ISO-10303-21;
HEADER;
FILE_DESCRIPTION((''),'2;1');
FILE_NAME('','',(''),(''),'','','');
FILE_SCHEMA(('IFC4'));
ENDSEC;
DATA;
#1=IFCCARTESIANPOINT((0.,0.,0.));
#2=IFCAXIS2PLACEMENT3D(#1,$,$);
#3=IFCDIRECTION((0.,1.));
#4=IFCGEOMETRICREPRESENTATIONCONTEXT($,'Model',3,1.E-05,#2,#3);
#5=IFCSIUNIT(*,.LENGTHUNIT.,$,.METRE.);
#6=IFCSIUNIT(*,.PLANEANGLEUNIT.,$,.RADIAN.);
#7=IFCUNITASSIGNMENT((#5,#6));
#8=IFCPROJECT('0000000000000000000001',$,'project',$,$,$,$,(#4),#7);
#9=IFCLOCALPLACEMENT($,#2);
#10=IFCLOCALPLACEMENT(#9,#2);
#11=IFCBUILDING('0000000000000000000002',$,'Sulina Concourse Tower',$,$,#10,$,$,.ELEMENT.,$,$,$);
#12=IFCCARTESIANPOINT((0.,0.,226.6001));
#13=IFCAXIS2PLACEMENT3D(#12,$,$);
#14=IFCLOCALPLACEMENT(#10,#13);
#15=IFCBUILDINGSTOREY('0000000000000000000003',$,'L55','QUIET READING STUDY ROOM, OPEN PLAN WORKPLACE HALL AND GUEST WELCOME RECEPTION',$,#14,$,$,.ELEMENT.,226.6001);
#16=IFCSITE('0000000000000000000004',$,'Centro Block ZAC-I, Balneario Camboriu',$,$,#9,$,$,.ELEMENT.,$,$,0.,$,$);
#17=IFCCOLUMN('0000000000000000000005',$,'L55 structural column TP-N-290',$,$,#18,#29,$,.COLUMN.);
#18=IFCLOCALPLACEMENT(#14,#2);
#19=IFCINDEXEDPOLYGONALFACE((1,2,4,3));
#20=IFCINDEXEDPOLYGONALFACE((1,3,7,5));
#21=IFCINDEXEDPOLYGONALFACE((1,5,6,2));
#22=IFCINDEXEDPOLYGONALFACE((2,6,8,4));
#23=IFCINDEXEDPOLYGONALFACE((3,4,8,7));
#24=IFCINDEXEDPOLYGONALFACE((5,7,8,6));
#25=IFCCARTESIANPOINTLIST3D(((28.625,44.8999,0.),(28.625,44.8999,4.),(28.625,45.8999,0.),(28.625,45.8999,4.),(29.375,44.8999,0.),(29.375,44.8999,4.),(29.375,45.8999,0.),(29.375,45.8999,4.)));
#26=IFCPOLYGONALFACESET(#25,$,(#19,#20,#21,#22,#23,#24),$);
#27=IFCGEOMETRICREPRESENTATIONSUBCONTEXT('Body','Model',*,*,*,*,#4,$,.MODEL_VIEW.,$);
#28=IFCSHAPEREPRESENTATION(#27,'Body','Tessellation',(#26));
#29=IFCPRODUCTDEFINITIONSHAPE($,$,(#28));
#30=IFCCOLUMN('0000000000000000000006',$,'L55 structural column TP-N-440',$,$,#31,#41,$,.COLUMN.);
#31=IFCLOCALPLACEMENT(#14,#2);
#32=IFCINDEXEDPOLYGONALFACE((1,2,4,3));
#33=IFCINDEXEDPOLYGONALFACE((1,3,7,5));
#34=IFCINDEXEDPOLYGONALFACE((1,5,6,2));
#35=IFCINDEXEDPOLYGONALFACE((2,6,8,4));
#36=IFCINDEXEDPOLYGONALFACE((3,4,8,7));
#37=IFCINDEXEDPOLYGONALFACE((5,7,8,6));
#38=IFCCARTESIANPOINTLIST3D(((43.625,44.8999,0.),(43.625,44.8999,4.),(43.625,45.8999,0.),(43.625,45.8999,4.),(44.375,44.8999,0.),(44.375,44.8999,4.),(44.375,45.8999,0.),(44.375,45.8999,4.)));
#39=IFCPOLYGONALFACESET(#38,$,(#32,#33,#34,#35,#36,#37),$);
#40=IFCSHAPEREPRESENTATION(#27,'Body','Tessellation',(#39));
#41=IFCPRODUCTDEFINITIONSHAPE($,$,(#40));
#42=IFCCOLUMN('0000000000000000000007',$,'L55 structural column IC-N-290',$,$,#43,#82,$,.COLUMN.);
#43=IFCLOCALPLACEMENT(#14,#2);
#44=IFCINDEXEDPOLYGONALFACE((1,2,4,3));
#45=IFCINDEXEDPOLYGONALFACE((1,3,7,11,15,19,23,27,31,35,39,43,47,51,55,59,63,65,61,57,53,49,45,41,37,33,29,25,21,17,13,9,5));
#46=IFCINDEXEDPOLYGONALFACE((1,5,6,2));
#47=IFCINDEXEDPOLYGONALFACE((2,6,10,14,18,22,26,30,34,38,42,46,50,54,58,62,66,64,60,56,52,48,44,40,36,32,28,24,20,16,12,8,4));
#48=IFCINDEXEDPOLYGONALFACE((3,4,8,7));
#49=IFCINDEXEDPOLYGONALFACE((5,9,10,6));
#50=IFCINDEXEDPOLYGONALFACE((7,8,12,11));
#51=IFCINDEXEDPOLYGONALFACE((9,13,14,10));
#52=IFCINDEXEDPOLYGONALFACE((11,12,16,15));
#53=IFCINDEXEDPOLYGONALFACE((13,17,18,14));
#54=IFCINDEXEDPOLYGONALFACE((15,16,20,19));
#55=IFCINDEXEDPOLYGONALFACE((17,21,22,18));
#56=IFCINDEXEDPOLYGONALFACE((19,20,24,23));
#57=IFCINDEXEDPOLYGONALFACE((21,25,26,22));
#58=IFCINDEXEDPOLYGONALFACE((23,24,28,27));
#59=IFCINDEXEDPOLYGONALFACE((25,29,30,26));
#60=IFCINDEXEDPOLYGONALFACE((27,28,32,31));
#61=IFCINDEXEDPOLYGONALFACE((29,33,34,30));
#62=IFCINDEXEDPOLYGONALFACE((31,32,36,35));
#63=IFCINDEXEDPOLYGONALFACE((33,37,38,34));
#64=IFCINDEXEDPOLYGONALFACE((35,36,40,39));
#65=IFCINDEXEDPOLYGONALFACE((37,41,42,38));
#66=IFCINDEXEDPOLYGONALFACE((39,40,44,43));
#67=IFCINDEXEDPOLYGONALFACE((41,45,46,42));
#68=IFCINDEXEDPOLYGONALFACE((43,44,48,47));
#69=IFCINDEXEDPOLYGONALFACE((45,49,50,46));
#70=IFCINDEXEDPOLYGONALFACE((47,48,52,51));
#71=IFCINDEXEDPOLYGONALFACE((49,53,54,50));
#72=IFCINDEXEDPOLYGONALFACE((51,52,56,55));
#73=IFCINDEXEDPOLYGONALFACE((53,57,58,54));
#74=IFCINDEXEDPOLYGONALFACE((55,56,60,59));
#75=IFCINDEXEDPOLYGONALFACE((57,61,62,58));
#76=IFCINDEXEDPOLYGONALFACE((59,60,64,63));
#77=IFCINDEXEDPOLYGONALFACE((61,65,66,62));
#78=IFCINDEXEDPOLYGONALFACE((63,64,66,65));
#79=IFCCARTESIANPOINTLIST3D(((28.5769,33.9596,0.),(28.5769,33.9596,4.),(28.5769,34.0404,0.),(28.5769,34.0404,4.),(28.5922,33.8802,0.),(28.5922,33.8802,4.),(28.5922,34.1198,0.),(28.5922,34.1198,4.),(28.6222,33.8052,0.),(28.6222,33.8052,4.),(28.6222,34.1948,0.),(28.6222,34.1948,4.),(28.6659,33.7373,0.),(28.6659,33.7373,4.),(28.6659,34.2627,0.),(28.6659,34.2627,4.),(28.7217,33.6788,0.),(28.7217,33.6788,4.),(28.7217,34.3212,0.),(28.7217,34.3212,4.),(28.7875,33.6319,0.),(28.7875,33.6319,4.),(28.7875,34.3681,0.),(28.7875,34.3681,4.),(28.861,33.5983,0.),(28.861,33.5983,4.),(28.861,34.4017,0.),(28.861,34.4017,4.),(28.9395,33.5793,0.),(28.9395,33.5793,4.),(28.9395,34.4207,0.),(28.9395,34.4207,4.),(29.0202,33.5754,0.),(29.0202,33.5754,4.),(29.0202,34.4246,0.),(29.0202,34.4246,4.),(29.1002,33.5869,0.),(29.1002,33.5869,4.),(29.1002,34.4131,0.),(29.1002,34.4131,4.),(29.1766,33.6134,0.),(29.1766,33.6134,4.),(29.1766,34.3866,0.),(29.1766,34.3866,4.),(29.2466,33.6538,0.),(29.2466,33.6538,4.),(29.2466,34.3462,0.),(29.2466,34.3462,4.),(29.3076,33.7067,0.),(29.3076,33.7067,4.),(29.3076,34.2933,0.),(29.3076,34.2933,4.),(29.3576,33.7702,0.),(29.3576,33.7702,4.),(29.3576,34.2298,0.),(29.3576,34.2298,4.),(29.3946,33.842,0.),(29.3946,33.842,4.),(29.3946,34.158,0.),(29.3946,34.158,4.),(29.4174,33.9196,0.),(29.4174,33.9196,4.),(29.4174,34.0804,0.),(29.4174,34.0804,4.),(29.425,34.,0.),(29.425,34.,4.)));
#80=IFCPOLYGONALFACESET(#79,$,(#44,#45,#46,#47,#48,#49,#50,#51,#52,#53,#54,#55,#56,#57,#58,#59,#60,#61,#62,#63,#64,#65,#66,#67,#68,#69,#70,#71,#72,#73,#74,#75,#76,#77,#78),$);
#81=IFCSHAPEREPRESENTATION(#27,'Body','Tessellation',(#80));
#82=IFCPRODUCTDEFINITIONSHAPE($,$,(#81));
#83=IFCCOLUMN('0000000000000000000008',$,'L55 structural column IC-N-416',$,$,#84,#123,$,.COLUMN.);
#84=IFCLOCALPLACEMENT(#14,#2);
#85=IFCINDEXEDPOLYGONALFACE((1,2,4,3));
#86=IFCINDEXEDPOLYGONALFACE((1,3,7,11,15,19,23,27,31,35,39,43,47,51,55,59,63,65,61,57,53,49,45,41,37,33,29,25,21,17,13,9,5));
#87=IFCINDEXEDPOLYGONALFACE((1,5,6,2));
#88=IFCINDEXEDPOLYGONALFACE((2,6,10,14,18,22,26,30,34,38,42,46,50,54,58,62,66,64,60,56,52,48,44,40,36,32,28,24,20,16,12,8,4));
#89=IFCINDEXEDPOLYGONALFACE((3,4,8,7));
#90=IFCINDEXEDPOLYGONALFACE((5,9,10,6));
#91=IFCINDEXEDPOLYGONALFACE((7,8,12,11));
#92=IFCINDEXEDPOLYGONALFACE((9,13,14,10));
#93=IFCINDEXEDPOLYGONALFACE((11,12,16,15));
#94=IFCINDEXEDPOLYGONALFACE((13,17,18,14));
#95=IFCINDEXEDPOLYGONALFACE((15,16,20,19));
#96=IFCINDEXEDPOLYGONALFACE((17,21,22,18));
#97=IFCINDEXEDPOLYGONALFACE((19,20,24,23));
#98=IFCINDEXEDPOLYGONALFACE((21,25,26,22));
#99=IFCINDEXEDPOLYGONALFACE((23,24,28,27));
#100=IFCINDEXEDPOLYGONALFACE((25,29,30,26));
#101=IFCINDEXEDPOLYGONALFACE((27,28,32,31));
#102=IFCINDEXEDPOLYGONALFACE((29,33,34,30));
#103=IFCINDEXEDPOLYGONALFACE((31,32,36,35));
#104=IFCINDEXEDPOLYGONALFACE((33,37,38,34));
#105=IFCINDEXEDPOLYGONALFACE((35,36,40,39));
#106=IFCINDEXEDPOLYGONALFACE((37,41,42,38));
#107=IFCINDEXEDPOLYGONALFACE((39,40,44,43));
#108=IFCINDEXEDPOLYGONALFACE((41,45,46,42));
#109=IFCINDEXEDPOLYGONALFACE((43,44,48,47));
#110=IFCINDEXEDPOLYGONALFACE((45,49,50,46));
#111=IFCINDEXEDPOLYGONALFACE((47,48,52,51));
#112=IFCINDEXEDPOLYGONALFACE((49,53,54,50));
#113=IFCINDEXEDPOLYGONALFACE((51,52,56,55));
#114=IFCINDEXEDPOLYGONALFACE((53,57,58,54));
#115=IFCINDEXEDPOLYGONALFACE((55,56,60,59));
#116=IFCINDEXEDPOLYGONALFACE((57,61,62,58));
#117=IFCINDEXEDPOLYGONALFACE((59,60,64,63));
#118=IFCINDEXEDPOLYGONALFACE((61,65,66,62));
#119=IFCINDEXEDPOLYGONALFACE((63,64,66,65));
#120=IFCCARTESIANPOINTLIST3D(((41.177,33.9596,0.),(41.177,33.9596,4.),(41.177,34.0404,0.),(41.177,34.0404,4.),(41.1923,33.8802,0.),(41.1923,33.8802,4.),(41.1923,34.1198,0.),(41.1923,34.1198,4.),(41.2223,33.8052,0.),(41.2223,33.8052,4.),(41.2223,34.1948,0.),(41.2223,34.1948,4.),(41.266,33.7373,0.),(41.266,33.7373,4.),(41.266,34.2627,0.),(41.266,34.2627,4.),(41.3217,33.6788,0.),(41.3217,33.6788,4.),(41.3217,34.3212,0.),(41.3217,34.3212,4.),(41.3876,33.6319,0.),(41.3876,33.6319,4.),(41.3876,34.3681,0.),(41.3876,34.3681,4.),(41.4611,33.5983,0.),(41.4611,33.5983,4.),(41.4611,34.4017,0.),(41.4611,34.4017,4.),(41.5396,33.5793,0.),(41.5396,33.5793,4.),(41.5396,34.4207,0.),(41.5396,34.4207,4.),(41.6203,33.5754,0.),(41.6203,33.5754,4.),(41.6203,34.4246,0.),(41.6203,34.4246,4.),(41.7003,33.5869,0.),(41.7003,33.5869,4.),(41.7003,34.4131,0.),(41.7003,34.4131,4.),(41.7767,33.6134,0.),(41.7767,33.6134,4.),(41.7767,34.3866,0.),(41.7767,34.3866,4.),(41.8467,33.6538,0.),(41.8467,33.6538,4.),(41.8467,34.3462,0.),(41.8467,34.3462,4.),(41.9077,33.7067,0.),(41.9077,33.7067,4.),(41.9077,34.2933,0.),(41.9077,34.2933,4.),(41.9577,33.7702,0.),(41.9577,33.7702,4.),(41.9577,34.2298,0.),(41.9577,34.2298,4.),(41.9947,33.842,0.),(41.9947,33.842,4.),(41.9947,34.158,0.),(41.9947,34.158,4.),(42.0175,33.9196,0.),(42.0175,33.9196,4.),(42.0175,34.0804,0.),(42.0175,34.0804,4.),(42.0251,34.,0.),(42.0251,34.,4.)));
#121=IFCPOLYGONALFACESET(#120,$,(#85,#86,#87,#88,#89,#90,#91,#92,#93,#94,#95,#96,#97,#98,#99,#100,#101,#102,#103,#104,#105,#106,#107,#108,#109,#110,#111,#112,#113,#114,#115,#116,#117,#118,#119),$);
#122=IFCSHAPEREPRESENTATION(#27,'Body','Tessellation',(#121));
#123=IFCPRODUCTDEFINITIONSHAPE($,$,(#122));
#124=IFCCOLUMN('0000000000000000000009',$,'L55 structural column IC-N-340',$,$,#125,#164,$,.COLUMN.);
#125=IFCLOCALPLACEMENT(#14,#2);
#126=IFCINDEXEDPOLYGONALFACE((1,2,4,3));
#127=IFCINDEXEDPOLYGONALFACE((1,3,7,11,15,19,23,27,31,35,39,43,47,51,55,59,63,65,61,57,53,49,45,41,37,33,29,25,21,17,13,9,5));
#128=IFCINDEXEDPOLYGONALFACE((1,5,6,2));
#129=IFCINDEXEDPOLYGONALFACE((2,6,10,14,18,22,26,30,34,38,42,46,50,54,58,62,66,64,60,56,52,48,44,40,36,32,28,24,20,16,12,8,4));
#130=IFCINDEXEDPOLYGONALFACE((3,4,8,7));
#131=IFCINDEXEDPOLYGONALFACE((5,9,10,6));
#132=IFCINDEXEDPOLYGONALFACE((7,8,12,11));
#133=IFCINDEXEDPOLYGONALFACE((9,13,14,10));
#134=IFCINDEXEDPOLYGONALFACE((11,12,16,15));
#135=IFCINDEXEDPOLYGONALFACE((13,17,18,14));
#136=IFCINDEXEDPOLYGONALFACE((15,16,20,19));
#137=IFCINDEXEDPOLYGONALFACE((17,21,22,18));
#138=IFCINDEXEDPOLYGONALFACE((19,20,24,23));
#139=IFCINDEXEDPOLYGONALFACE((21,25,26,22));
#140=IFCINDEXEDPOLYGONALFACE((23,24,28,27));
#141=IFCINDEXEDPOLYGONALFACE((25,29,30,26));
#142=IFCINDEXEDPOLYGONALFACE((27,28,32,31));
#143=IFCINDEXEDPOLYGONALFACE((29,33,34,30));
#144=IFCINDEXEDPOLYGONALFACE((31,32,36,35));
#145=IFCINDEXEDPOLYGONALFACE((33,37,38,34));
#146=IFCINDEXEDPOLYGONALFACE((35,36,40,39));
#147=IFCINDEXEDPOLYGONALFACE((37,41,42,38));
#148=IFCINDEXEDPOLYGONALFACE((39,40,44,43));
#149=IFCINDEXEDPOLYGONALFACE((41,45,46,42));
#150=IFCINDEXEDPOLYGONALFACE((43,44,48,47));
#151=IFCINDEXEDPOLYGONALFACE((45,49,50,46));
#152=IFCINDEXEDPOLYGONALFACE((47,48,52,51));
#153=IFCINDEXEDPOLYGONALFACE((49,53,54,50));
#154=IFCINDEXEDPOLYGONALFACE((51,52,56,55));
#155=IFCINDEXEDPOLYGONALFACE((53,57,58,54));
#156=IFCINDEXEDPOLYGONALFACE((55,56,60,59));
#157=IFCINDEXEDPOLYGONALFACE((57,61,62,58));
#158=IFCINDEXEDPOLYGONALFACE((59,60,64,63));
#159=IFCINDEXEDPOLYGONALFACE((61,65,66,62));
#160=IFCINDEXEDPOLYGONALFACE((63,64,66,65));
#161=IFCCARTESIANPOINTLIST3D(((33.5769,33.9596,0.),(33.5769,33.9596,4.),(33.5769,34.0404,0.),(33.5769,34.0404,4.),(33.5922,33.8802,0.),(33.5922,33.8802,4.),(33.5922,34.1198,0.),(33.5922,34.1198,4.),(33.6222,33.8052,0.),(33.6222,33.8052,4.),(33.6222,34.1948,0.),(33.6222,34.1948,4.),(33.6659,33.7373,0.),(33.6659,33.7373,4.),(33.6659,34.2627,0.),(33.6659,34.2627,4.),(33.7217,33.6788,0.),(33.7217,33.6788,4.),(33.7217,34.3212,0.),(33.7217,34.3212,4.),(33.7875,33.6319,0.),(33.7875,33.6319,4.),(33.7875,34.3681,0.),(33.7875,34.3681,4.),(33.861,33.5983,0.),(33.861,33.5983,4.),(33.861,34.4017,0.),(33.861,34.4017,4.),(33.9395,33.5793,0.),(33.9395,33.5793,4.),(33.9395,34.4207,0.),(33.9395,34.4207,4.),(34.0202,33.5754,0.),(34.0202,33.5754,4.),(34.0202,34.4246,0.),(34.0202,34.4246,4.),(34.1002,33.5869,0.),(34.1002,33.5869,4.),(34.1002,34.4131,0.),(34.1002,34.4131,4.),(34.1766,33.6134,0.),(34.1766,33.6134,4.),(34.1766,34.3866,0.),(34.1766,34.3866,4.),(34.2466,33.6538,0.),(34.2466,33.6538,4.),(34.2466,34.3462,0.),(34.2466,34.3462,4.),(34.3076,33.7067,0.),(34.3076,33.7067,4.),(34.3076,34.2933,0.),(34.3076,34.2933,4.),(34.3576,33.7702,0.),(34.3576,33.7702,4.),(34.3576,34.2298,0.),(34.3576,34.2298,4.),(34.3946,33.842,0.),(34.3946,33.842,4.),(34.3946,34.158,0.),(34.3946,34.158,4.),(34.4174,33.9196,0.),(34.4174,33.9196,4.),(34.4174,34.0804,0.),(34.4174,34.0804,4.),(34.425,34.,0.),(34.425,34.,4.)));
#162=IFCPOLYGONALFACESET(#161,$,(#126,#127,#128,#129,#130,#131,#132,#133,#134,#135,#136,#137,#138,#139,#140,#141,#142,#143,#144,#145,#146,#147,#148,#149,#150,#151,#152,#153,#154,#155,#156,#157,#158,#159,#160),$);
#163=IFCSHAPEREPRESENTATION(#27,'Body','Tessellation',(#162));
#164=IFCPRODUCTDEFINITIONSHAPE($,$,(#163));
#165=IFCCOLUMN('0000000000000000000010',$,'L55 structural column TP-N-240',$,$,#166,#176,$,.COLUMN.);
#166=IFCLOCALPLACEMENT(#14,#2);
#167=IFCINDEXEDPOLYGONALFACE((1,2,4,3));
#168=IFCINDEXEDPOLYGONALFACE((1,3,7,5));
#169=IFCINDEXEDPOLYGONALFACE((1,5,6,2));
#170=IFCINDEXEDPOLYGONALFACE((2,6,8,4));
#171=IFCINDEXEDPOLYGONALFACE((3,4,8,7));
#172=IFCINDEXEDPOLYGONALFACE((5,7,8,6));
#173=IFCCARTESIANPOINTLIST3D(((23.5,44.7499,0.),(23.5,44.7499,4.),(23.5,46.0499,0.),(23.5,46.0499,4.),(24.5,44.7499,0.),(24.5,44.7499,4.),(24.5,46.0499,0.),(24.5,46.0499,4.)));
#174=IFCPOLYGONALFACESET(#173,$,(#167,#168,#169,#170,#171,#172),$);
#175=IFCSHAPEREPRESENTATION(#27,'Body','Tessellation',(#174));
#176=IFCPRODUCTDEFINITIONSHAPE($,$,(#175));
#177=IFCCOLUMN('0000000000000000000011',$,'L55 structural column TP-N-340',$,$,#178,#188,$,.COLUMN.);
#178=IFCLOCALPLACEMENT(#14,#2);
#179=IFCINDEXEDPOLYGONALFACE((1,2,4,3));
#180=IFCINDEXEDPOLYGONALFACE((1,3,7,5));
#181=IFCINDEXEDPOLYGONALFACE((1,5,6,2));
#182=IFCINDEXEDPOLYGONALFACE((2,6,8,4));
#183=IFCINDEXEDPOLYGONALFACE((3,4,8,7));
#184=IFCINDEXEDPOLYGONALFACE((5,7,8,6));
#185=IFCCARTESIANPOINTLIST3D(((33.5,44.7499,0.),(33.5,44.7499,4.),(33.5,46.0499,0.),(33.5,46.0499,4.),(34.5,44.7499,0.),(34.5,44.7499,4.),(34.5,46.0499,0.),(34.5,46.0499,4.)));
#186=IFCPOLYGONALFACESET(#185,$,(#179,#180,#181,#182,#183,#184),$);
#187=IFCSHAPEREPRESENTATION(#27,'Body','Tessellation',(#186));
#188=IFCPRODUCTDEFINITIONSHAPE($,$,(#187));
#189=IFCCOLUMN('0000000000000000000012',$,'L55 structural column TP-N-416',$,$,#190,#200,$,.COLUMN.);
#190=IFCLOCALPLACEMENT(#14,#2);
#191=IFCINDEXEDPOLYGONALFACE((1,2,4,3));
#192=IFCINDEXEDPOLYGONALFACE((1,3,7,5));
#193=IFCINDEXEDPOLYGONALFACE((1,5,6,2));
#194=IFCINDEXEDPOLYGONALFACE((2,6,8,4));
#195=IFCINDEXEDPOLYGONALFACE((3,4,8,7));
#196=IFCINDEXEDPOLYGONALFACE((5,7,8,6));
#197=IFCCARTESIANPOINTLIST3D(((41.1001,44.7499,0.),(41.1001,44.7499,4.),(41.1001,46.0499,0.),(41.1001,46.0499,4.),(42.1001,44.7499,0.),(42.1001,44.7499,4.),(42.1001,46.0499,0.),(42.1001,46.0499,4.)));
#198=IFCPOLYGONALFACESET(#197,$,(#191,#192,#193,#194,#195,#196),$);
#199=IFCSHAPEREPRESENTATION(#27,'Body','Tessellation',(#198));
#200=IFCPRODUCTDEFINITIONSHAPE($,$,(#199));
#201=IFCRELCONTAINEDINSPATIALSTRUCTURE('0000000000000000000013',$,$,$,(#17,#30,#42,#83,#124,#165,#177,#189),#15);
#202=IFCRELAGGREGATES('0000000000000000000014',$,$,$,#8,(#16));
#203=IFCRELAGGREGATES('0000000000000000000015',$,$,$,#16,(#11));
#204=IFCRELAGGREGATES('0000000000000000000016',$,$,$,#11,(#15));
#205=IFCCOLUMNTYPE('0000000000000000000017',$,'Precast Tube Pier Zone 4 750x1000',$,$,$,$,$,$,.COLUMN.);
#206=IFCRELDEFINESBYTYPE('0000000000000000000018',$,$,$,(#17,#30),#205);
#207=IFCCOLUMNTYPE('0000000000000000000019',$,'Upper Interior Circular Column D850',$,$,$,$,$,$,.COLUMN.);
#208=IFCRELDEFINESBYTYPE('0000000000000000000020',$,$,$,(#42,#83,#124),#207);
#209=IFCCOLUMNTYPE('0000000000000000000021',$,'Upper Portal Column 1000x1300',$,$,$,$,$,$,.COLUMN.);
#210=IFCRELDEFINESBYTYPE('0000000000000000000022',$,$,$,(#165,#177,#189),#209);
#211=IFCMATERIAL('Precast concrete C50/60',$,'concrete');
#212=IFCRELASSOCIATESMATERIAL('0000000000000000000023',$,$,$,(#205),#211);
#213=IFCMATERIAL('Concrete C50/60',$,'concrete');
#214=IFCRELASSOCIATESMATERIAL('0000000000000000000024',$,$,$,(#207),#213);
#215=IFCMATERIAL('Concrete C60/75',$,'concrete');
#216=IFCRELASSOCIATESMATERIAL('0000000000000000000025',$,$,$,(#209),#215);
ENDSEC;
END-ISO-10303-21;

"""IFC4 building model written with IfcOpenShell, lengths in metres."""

from ifc_helpers import new_model, si_unit, direction, frame, origin, origin_2d, place, context, subcontext, project, spatial, rectangle, circle, extrude, material, material_profile, profile_set, type_object, element, save


model = new_model("IFC4")

# Units and contexts
model_context = context("Model", 3, precision=1e-05, world=origin(), true_north=direction((0.0, 1.0)))
body_context = subcontext(model_context, "Body", "Model", "MODEL_VIEW")
ifc_project = project(units=[si_unit("LENGTHUNIT", "METRE"), si_unit("PLANEANGLEUNIT", "RADIAN")], contexts=[model_context])

# Site, building, storey
site_placement = place(None, origin())
site = spatial("IfcSite", under=ifc_project, at=site_placement, Name="Centro Block ZAC-I, Balneario Camboriu", CompositionType="ELEMENT", RefElevation=0.0)
building_placement = place(site_placement, origin())
building = spatial("IfcBuilding", under=site, at=building_placement, Name="Sulina Concourse Tower", CompositionType="ELEMENT")
storey_placement = place(building_placement, frame((0.0, 0.0, 226.6001)))
storey = spatial("IfcBuildingStorey", under=building, at=storey_placement, Name="L55", Description="QUIET READING STUDY ROOM, OPEN PLAN WORKPLACE HALL AND GUEST WELCOME RECEPTION", CompositionType="ELEMENT", Elevation=226.6001)

# Columns
ifc_material_1 = material(Name="Precast concrete C50/60", Category="concrete")
ifc_material_profile_1 = material_profile(ifc_material_1, rectangle(XDim=0.75, YDim=1.0, at=origin_2d()), Name="PC 750x1000")
ifc_profile_set_1 = profile_set([ifc_material_profile_1], Name="Precast concrete C50/60")
column_type_1 = type_object("IfcColumnType", Name="Precast Tube Pier Zone 4 750x1000", PredefinedType="COLUMN", material=ifc_profile_set_1)
for number, where, z_axis, x_axis, name in (
    (1, (29.0, 45.3999, 0.0), (0.0, 0.0, 1.0), (1.0, 0.0, 0.0), "L55 structural column TP-N-290"),
    (2, (44.0, 45.3999, 0.0), (0.0, 0.0, 1.0), (1.0, 0.0, 0.0), "L55 structural column TP-N-440"),
):
    element("IfcColumn", number, at=place(storey_placement, frame(where, z_axis=z_axis, x_axis=x_axis)), inside=storey, type_object=column_type_1, Name=name, PredefinedType="COLUMN", context=body_context, shape_type="SweptSolid", body=[
        extrude(rectangle(XDim=0.75, YDim=1.0, at=origin_2d()), origin(), (0.0, 0.0, 1.0), 4.0),
    ])
ifc_material_2 = material(Name="Concrete C50/60", Category="concrete")
ifc_material_profile_2 = material_profile(ifc_material_2, circle(Radius=0.425, at=origin_2d()), Name="RC D850")
ifc_profile_set_2 = profile_set([ifc_material_profile_2], Name="Concrete C50/60")
column_type_2 = type_object("IfcColumnType", Name="Upper Interior Circular Column D850", PredefinedType="COLUMN", material=ifc_profile_set_2)
for number, where, z_axis, x_axis, name in (
    (3, (29.0, 34.0, 0.0), (0.0, 0.0, 1.0), (1.0, 0.0, 0.0), "L55 structural column IC-N-290"),
    (4, (41.6001, 34.0, 0.0), (0.0, 0.0, 1.0), (1.0, 0.0, 0.0), "L55 structural column IC-N-416"),
    (5, (34.0, 34.0, 0.0), (0.0, 0.0, 1.0), (1.0, 0.0, 0.0), "L55 structural column IC-N-340"),
):
    element("IfcColumn", number, at=place(storey_placement, frame(where, z_axis=z_axis, x_axis=x_axis)), inside=storey, type_object=column_type_2, Name=name, PredefinedType="COLUMN", context=body_context, shape_type="SweptSolid", body=[
        extrude(circle(Radius=0.425, at=origin_2d()), origin(), (0.0, 0.0, 1.0), 4.0),
    ])
ifc_material_3 = material(Name="Concrete C60/75", Category="concrete")
ifc_material_profile_3 = material_profile(ifc_material_3, rectangle(XDim=1.0, YDim=1.3, at=origin_2d()), Name="RC 1000x1300")
ifc_profile_set_3 = profile_set([ifc_material_profile_3], Name="Concrete C60/75")
column_type_3 = type_object("IfcColumnType", Name="Upper Portal Column 1000x1300", PredefinedType="COLUMN", material=ifc_profile_set_3)
for number, where, z_axis, x_axis, name in (
    (6, (24.0, 45.3999, 0.0), (0.0, 0.0, 1.0), (1.0, 0.0, 0.0), "L55 structural column TP-N-240"),
    (7, (34.0, 45.3999, 0.0), (0.0, 0.0, 1.0), (1.0, 0.0, 0.0), "L55 structural column TP-N-340"),
    (8, (41.6001, 45.3999, 0.0), (0.0, 0.0, 1.0), (1.0, 0.0, 0.0), "L55 structural column TP-N-416"),
):
    element("IfcColumn", number, at=place(storey_placement, frame(where, z_axis=z_axis, x_axis=x_axis)), inside=storey, type_object=column_type_3, Name=name, PredefinedType="COLUMN", context=body_context, shape_type="SweptSolid", body=[
        extrude(rectangle(XDim=1.0, YDim=1.3, at=origin_2d()), origin(), (0.0, 0.0, 1.0), 4.0),
    ])

save(model, "model.ifc")
